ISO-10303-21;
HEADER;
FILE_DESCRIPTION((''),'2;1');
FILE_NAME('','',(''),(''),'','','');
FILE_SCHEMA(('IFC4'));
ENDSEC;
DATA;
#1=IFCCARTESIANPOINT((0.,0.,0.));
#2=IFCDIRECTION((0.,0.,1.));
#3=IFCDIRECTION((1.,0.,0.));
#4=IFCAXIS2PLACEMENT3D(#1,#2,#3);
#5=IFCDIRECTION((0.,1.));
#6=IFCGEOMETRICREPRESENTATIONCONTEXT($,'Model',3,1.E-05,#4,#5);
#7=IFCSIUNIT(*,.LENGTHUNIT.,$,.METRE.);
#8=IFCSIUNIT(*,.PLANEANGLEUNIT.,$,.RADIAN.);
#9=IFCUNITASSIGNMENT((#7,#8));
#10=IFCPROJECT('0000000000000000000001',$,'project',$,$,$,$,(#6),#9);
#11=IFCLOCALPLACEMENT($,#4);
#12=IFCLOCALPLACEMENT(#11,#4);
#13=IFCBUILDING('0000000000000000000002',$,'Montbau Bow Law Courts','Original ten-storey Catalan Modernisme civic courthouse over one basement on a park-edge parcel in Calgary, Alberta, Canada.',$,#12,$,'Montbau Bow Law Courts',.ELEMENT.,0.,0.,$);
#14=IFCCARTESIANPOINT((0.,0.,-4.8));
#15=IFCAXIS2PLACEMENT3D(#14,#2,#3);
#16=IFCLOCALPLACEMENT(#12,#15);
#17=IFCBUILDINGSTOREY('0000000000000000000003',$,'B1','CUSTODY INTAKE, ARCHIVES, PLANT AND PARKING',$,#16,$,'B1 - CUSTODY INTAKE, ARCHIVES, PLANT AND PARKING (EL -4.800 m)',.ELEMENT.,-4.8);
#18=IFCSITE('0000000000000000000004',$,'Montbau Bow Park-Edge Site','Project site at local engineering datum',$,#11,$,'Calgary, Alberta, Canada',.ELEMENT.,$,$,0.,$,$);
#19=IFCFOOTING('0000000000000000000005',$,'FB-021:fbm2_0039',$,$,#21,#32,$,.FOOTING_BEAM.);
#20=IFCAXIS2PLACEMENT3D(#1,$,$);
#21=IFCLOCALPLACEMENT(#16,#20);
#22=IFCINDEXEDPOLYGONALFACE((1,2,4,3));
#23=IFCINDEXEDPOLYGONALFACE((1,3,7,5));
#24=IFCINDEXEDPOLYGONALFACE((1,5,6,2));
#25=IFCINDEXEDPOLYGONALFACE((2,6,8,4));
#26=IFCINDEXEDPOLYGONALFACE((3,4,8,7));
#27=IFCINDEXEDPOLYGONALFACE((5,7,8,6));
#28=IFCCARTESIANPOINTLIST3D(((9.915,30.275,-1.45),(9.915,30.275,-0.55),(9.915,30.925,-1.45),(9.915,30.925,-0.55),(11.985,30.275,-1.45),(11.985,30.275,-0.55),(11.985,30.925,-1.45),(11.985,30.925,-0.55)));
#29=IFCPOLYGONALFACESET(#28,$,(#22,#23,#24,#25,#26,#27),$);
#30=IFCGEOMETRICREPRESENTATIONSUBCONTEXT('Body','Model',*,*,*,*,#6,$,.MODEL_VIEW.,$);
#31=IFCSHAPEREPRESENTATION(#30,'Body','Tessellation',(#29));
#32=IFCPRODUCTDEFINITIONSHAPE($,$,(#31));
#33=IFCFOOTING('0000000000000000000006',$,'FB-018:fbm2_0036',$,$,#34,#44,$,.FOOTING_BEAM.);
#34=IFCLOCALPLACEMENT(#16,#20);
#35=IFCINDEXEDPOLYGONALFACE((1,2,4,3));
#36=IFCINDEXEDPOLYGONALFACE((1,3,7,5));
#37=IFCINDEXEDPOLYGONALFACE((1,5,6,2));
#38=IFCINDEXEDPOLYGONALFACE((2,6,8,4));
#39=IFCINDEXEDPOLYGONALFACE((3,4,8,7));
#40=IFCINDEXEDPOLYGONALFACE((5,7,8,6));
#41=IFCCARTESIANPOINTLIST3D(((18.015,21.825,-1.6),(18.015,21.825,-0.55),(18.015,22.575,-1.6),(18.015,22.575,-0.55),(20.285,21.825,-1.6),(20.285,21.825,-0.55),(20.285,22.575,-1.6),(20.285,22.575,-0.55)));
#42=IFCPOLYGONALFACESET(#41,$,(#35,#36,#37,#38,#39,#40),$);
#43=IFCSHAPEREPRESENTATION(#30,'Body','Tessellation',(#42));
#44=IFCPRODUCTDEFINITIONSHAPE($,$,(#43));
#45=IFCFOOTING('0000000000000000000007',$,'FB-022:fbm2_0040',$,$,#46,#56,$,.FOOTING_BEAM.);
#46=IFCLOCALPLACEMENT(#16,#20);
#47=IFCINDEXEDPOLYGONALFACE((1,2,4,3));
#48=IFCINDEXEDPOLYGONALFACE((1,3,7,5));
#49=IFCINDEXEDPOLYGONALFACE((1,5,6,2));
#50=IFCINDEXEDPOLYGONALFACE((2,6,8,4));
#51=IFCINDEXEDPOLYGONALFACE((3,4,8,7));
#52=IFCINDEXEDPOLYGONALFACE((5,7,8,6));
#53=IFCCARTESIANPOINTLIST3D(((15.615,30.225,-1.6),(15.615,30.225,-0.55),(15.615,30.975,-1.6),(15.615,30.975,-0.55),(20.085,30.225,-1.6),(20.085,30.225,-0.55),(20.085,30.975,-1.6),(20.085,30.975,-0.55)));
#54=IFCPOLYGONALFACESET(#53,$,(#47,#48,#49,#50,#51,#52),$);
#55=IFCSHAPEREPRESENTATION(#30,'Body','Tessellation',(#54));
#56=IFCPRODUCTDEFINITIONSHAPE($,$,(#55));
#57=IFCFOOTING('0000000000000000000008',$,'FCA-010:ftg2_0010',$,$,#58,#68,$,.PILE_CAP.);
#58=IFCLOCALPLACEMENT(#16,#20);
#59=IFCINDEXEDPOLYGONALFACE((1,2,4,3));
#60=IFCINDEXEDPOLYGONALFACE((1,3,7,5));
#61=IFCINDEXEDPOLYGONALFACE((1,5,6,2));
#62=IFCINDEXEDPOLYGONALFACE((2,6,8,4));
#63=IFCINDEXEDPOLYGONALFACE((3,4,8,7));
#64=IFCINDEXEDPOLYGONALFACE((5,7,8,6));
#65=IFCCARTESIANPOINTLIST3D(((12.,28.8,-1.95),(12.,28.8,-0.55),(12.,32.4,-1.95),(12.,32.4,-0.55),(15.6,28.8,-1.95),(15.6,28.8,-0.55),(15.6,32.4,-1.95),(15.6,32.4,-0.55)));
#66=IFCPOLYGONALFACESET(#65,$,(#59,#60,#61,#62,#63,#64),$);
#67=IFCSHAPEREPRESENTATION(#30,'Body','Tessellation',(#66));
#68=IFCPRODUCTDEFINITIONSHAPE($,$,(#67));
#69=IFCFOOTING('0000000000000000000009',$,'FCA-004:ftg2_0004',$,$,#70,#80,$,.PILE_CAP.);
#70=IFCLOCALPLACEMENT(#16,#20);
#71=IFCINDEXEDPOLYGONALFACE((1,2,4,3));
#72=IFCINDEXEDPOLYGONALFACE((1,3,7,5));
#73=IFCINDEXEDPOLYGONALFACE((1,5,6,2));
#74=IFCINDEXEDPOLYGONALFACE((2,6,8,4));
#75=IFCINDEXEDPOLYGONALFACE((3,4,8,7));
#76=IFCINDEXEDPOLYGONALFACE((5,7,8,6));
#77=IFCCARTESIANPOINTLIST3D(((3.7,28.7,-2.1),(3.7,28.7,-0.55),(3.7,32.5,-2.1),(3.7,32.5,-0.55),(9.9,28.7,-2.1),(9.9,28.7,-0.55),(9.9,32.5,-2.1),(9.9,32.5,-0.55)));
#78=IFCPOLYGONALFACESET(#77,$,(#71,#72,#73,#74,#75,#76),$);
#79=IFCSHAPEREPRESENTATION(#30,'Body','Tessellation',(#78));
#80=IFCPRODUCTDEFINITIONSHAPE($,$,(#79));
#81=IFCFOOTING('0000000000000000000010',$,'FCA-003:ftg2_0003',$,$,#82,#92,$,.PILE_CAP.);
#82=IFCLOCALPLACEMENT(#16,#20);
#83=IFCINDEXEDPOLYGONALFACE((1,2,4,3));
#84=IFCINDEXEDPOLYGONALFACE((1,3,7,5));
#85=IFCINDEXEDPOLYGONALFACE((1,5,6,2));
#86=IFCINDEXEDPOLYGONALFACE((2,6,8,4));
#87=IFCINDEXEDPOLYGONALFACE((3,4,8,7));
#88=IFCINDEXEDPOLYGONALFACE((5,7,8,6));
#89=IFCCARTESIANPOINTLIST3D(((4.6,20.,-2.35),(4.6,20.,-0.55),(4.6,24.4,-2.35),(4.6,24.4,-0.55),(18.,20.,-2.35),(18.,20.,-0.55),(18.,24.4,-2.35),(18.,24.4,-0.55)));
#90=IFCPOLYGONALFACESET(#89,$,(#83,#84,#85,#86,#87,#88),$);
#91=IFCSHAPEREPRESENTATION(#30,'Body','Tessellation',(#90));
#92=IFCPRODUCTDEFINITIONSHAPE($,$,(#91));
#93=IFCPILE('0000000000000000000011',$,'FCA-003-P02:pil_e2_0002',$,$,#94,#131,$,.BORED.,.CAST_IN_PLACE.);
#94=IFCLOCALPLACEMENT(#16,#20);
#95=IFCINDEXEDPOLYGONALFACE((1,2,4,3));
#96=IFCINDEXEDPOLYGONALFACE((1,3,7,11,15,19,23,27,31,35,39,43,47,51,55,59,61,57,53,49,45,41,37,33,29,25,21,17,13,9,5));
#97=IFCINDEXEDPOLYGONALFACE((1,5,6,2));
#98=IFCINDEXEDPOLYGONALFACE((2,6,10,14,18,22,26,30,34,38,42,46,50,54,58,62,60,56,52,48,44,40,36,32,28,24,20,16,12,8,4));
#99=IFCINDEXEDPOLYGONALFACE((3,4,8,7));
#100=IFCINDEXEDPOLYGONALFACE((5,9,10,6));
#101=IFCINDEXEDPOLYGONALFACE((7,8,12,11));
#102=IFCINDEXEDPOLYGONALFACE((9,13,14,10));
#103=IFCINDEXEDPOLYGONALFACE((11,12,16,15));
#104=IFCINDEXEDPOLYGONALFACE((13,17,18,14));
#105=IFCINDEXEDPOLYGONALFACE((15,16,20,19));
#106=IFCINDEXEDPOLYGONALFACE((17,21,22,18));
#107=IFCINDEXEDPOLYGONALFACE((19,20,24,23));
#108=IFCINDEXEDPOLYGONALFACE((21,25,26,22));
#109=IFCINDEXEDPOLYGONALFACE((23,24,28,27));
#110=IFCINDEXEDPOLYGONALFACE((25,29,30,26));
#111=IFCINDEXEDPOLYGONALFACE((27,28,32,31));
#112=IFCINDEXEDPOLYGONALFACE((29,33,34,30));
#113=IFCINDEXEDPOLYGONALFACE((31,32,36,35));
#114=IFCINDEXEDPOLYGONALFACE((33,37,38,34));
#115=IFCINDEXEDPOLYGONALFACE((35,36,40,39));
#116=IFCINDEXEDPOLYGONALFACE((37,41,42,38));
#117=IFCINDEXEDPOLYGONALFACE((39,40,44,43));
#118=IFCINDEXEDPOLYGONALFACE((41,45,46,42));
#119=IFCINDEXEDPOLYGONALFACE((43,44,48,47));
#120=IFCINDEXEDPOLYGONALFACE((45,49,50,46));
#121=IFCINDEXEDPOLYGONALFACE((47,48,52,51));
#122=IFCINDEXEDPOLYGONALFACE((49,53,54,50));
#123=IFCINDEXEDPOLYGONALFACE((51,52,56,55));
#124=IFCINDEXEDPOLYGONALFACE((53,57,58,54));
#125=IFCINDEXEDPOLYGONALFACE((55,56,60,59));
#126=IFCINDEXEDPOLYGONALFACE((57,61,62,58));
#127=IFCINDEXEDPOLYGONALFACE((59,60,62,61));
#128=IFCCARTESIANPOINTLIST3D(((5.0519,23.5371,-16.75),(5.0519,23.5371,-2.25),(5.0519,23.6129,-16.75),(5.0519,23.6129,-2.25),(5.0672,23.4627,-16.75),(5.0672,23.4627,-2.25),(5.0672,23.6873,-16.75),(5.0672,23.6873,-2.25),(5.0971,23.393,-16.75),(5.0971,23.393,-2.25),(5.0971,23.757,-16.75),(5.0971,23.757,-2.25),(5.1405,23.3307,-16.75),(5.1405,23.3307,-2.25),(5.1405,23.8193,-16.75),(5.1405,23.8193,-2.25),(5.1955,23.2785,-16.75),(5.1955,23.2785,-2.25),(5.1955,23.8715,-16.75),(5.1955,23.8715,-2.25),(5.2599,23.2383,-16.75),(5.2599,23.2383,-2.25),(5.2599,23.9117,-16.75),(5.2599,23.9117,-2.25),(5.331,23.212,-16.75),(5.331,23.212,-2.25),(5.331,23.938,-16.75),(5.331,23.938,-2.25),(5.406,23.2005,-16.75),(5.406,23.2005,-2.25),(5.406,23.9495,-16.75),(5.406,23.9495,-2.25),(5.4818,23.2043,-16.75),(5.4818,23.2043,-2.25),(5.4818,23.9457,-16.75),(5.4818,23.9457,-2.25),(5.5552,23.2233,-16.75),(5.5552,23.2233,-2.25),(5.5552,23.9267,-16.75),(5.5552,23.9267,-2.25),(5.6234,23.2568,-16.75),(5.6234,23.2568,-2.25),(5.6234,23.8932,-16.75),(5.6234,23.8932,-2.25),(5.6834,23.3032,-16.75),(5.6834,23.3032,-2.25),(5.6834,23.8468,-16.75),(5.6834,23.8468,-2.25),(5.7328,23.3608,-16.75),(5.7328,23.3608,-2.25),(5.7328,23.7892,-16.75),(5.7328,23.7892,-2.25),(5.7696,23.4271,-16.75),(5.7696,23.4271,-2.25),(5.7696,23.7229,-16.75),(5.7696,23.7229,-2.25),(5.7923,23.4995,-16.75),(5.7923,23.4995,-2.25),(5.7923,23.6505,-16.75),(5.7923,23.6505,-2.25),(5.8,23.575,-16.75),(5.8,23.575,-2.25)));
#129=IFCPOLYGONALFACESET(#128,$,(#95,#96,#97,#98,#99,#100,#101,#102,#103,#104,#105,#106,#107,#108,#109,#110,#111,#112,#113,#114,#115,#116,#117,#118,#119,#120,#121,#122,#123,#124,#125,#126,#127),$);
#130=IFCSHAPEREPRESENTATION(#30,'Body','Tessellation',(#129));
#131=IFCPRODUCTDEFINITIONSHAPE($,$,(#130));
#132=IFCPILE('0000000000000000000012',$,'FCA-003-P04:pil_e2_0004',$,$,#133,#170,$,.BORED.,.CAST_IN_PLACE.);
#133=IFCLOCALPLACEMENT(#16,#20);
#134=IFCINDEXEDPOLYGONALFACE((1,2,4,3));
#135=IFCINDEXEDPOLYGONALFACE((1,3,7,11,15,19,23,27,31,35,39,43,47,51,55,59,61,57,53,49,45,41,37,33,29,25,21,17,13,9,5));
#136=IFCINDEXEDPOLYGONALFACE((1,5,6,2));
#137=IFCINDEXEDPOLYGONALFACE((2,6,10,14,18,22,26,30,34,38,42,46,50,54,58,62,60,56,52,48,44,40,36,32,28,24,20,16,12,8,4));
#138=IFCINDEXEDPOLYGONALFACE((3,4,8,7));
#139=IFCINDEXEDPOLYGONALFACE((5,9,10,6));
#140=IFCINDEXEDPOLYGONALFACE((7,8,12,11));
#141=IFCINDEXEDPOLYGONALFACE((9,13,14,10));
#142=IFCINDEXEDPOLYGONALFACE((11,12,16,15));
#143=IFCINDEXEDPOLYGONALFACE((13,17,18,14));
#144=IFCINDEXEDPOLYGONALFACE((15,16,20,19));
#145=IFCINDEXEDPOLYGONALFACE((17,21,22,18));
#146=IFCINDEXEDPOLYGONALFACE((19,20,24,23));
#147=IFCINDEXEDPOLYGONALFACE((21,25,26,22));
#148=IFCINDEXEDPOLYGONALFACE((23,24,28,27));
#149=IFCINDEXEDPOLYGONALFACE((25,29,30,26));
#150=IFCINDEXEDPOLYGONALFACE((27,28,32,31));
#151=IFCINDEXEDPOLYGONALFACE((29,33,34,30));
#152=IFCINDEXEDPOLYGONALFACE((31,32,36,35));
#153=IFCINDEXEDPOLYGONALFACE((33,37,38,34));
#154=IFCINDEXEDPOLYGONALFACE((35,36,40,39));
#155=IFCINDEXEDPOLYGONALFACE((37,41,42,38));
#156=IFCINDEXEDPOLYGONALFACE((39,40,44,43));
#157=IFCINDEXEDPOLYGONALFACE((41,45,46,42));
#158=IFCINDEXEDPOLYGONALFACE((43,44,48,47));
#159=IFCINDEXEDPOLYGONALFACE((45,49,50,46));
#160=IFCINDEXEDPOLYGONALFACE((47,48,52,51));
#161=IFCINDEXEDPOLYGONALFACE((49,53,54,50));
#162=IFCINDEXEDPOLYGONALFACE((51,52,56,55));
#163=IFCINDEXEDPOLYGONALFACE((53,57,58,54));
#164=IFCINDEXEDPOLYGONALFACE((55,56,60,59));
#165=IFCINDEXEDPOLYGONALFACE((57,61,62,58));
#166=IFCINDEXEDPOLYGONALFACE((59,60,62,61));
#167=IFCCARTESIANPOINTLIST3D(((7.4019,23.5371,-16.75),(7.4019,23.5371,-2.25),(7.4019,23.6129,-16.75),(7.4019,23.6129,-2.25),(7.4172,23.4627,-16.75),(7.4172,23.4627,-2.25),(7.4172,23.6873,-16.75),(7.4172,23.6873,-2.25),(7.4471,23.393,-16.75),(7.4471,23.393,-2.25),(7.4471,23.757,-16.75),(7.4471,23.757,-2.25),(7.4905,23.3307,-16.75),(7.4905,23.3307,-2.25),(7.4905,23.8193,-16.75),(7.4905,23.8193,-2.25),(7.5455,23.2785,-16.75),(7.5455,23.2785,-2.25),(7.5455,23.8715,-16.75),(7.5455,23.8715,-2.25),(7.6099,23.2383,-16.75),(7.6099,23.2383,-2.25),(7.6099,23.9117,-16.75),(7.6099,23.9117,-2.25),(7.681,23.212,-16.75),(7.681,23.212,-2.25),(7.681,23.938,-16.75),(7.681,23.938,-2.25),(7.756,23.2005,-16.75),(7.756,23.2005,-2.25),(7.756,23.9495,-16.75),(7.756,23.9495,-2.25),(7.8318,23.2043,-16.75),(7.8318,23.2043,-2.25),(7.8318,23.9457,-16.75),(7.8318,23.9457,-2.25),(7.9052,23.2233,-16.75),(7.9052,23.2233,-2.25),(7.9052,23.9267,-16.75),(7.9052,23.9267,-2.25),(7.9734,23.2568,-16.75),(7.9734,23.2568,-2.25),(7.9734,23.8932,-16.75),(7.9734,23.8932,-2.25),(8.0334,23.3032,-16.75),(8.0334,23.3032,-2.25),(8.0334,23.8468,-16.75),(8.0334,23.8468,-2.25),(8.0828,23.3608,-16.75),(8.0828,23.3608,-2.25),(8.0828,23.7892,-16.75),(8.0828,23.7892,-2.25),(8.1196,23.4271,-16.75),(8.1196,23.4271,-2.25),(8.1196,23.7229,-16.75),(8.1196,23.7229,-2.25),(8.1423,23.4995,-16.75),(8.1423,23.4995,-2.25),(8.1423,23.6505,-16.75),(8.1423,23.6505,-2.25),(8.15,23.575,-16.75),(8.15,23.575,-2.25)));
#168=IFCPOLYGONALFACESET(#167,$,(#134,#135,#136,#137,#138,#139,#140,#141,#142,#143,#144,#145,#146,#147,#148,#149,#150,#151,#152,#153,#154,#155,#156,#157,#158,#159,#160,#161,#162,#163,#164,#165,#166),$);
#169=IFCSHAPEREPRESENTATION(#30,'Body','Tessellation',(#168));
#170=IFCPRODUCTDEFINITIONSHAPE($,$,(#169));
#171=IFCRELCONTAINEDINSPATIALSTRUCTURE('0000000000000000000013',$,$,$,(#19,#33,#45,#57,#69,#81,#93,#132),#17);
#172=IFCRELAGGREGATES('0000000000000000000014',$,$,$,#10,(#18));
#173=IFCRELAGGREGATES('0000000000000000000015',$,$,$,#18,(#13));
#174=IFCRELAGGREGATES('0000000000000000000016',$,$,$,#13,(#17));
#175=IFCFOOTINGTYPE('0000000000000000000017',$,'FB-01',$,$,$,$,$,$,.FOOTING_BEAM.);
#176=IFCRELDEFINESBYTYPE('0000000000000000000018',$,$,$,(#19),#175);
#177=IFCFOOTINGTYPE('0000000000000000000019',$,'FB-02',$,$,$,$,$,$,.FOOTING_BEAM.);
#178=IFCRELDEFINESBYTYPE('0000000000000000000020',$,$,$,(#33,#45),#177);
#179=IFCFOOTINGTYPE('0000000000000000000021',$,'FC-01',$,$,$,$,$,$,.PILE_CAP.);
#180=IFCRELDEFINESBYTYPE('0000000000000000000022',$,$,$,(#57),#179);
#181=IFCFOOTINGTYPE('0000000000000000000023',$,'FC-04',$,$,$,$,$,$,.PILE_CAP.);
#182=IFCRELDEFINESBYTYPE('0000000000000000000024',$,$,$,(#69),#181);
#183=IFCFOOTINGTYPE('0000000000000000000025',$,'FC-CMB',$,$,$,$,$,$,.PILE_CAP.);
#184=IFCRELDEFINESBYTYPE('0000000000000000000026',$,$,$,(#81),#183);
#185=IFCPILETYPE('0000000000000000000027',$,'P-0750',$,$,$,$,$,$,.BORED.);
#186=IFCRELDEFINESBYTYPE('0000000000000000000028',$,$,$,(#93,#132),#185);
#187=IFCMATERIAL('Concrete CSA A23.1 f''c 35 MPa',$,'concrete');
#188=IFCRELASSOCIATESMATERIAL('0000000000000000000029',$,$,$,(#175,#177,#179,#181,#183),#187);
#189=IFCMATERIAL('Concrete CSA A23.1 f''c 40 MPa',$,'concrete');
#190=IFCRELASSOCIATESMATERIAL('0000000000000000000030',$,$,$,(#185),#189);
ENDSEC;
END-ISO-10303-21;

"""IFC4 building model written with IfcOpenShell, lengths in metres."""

from ifc_helpers import new_model, si_unit, direction, frame, origin_with_axes, origin_2d_with_axis, place, context, subcontext, project, spatial, rectangle, circle, extrude, material, material_profile, profile_set, type_object, element, save


model = new_model("IFC4")

# Units and contexts
model_context = context("Model", 3, precision=1e-05, world=origin_with_axes(), true_north=direction((0.0, 1.0)))
body_context = subcontext(model_context, "Body", "Model", "MODEL_VIEW")
ifc_project = project(units=[si_unit("LENGTHUNIT", "METRE"), si_unit("PLANEANGLEUNIT", "RADIAN")], contexts=[model_context])

# Site, building, storey
site_placement = place(None, origin_with_axes())
site = spatial("IfcSite", under=ifc_project, at=site_placement, Name="Montbau Bow Park-Edge Site", Description="Project site at local engineering datum", LongName="Calgary, Alberta, Canada", CompositionType="ELEMENT", RefElevation=0.0)
building_placement = place(site_placement, origin_with_axes())
building = spatial("IfcBuilding", under=site, at=building_placement, Name="Montbau Bow Law Courts", Description="Original ten-storey Catalan Modernisme civic courthouse over one basement on a park-edge parcel in Calgary, Alberta, Canada.", LongName="Montbau Bow Law Courts", CompositionType="ELEMENT", ElevationOfRefHeight=0.0, ElevationOfTerrain=0.0)
storey_placement = place(building_placement, frame((0.0, 0.0, -4.8), z_axis=(0.0, 0.0, 1.0), x_axis=(1.0, 0.0, 0.0)))
storey = spatial("IfcBuildingStorey", under=building, at=storey_placement, Name="B1", Description="CUSTODY INTAKE, ARCHIVES, PLANT AND PARKING", LongName="B1 - CUSTODY INTAKE, ARCHIVES, PLANT AND PARKING (EL -4.800 m)", CompositionType="ELEMENT", Elevation=-4.8)

# Footings
ifc_material_1 = material(Name="Concrete CSA A23.1 f'c 35 MPa", Category="concrete")
footing_type_1 = type_object("IfcFootingType", Name="FB-01", PredefinedType="FOOTING_BEAM", material=ifc_material_1)
footing_1_placement = place(None, frame((10.95, 30.6, -6.25), z_axis=(0.0, 0.0, 1.0), x_axis=(1.0, 0.0, 0.0)))
element("IfcFooting", 1, at=footing_1_placement, inside=storey, type_object=footing_type_1, Name="FB-021:fbm2_0039", PredefinedType="FOOTING_BEAM", context=body_context, shape_type="SweptSolid", body=[
    extrude(rectangle(XDim=2.07, YDim=0.65, at=origin_2d_with_axis()), origin_with_axes(), (0.0, 0.0, 1.0), 0.9),
])
footing_type_2 = type_object("IfcFootingType", Name="FB-02", PredefinedType="FOOTING_BEAM", material=ifc_material_1)
footing_2_placement = place(None, frame((19.15, 22.2, -6.4), z_axis=(0.0, 0.0, 1.0), x_axis=(1.0, 0.0, 0.0)))
element("IfcFooting", 2, at=footing_2_placement, inside=storey, type_object=footing_type_2, Name="FB-018:fbm2_0036", PredefinedType="FOOTING_BEAM", context=body_context, shape_type="SweptSolid", body=[
    extrude(rectangle(XDim=2.27, YDim=0.75, at=origin_2d_with_axis()), origin_with_axes(), (0.0, 0.0, 1.0), 1.05),
])
footing_3_placement = place(None, frame((17.85, 30.6, -6.4), z_axis=(0.0, 0.0, 1.0), x_axis=(1.0, 0.0, 0.0)))
element("IfcFooting", 3, at=footing_3_placement, inside=storey, type_object=footing_type_2, Name="FB-022:fbm2_0040", PredefinedType="FOOTING_BEAM", context=body_context, shape_type="SweptSolid", body=[
    extrude(rectangle(XDim=4.47, YDim=0.75, at=origin_2d_with_axis()), origin_with_axes(), (0.0, 0.0, 1.0), 1.05),
])
footing_type_3 = type_object("IfcFootingType", Name="FC-01", PredefinedType="PILE_CAP", material=ifc_material_1)
footing_4_placement = place(None, frame((13.8, 30.6, -6.75), z_axis=(0.0, 0.0, 1.0), x_axis=(1.0, 0.0, 0.0)))
element("IfcFooting", 4, at=footing_4_placement, inside=storey, type_object=footing_type_3, Name="FCA-010:ftg2_0010", PredefinedType="PILE_CAP", context=body_context, shape_type="SweptSolid", body=[
    extrude(rectangle(XDim=3.6, YDim=3.6, at=origin_2d_with_axis()), origin_with_axes(), (0.0, 0.0, 1.0), 1.4),
])
footing_type_4 = type_object("IfcFootingType", Name="FC-04", PredefinedType="PILE_CAP", material=ifc_material_1)
footing_5_placement = place(None, frame((6.8, 30.6, -6.9), z_axis=(0.0, 0.0, 1.0), x_axis=(1.0, 0.0, 0.0)))
element("IfcFooting", 5, at=footing_5_placement, inside=storey, type_object=footing_type_4, Name="FCA-004:ftg2_0004", PredefinedType="PILE_CAP", context=body_context, shape_type="SweptSolid", body=[
    extrude(rectangle(XDim=6.2, YDim=3.8, at=origin_2d_with_axis()), origin_with_axes(), (0.0, 0.0, 1.0), 1.55),
])
footing_type_5 = type_object("IfcFootingType", Name="FC-CMB", PredefinedType="PILE_CAP", material=ifc_material_1)
footing_6_placement = place(None, frame((11.3, 22.2, -7.15), z_axis=(0.0, 0.0, 1.0), x_axis=(1.0, 0.0, 0.0)))
element("IfcFooting", 6, at=footing_6_placement, inside=storey, type_object=footing_type_5, Name="FCA-003:ftg2_0003", PredefinedType="PILE_CAP", context=body_context, shape_type="SweptSolid", body=[
    extrude(rectangle(XDim=13.4, YDim=4.4, at=origin_2d_with_axis()), origin_with_axes(), (0.0, 0.0, 1.0), 1.8),
])

# Piles
ifc_material_2 = material(Name="Concrete CSA A23.1 f'c 40 MPa", Category="concrete")
ifc_material_profile_1 = material_profile(ifc_material_2, circle(Radius=0.375, at=origin_2d_with_axis()), Name="BP750", Category="Main", Priority=0)
ifc_profile_set_1 = profile_set([ifc_material_profile_1], Name="Concrete CSA A23.1 f'c 40 MPa")
pile_type_1 = type_object("IfcPileType", Name="P-0750", PredefinedType="BORED", material=ifc_profile_set_1)
for number, where, z_axis, x_axis, name in (
    (7, (5.425, 23.575, -21.55), (0.0, 0.0, 1.0), (1.0, 0.0, 0.0), "FCA-003-P02:pil_e2_0002"),
    (8, (7.775, 23.575, -21.55), (0.0, 0.0, 1.0), (1.0, 0.0, 0.0), "FCA-003-P04:pil_e2_0004"),
):
    element("IfcPile", number, at=place(None, frame(where, z_axis=z_axis, x_axis=x_axis)), inside=storey, type_object=pile_type_1, Name=name, ConstructionType="CAST_IN_PLACE", PredefinedType="BORED", context=body_context, shape_type="SweptSolid", body=[
        extrude(circle(Radius=0.375, at=origin_2d_with_axis()), origin_with_axes(), (0.0, 0.0, 1.0), 14.5),
    ])

save(model, "model.ifc")
